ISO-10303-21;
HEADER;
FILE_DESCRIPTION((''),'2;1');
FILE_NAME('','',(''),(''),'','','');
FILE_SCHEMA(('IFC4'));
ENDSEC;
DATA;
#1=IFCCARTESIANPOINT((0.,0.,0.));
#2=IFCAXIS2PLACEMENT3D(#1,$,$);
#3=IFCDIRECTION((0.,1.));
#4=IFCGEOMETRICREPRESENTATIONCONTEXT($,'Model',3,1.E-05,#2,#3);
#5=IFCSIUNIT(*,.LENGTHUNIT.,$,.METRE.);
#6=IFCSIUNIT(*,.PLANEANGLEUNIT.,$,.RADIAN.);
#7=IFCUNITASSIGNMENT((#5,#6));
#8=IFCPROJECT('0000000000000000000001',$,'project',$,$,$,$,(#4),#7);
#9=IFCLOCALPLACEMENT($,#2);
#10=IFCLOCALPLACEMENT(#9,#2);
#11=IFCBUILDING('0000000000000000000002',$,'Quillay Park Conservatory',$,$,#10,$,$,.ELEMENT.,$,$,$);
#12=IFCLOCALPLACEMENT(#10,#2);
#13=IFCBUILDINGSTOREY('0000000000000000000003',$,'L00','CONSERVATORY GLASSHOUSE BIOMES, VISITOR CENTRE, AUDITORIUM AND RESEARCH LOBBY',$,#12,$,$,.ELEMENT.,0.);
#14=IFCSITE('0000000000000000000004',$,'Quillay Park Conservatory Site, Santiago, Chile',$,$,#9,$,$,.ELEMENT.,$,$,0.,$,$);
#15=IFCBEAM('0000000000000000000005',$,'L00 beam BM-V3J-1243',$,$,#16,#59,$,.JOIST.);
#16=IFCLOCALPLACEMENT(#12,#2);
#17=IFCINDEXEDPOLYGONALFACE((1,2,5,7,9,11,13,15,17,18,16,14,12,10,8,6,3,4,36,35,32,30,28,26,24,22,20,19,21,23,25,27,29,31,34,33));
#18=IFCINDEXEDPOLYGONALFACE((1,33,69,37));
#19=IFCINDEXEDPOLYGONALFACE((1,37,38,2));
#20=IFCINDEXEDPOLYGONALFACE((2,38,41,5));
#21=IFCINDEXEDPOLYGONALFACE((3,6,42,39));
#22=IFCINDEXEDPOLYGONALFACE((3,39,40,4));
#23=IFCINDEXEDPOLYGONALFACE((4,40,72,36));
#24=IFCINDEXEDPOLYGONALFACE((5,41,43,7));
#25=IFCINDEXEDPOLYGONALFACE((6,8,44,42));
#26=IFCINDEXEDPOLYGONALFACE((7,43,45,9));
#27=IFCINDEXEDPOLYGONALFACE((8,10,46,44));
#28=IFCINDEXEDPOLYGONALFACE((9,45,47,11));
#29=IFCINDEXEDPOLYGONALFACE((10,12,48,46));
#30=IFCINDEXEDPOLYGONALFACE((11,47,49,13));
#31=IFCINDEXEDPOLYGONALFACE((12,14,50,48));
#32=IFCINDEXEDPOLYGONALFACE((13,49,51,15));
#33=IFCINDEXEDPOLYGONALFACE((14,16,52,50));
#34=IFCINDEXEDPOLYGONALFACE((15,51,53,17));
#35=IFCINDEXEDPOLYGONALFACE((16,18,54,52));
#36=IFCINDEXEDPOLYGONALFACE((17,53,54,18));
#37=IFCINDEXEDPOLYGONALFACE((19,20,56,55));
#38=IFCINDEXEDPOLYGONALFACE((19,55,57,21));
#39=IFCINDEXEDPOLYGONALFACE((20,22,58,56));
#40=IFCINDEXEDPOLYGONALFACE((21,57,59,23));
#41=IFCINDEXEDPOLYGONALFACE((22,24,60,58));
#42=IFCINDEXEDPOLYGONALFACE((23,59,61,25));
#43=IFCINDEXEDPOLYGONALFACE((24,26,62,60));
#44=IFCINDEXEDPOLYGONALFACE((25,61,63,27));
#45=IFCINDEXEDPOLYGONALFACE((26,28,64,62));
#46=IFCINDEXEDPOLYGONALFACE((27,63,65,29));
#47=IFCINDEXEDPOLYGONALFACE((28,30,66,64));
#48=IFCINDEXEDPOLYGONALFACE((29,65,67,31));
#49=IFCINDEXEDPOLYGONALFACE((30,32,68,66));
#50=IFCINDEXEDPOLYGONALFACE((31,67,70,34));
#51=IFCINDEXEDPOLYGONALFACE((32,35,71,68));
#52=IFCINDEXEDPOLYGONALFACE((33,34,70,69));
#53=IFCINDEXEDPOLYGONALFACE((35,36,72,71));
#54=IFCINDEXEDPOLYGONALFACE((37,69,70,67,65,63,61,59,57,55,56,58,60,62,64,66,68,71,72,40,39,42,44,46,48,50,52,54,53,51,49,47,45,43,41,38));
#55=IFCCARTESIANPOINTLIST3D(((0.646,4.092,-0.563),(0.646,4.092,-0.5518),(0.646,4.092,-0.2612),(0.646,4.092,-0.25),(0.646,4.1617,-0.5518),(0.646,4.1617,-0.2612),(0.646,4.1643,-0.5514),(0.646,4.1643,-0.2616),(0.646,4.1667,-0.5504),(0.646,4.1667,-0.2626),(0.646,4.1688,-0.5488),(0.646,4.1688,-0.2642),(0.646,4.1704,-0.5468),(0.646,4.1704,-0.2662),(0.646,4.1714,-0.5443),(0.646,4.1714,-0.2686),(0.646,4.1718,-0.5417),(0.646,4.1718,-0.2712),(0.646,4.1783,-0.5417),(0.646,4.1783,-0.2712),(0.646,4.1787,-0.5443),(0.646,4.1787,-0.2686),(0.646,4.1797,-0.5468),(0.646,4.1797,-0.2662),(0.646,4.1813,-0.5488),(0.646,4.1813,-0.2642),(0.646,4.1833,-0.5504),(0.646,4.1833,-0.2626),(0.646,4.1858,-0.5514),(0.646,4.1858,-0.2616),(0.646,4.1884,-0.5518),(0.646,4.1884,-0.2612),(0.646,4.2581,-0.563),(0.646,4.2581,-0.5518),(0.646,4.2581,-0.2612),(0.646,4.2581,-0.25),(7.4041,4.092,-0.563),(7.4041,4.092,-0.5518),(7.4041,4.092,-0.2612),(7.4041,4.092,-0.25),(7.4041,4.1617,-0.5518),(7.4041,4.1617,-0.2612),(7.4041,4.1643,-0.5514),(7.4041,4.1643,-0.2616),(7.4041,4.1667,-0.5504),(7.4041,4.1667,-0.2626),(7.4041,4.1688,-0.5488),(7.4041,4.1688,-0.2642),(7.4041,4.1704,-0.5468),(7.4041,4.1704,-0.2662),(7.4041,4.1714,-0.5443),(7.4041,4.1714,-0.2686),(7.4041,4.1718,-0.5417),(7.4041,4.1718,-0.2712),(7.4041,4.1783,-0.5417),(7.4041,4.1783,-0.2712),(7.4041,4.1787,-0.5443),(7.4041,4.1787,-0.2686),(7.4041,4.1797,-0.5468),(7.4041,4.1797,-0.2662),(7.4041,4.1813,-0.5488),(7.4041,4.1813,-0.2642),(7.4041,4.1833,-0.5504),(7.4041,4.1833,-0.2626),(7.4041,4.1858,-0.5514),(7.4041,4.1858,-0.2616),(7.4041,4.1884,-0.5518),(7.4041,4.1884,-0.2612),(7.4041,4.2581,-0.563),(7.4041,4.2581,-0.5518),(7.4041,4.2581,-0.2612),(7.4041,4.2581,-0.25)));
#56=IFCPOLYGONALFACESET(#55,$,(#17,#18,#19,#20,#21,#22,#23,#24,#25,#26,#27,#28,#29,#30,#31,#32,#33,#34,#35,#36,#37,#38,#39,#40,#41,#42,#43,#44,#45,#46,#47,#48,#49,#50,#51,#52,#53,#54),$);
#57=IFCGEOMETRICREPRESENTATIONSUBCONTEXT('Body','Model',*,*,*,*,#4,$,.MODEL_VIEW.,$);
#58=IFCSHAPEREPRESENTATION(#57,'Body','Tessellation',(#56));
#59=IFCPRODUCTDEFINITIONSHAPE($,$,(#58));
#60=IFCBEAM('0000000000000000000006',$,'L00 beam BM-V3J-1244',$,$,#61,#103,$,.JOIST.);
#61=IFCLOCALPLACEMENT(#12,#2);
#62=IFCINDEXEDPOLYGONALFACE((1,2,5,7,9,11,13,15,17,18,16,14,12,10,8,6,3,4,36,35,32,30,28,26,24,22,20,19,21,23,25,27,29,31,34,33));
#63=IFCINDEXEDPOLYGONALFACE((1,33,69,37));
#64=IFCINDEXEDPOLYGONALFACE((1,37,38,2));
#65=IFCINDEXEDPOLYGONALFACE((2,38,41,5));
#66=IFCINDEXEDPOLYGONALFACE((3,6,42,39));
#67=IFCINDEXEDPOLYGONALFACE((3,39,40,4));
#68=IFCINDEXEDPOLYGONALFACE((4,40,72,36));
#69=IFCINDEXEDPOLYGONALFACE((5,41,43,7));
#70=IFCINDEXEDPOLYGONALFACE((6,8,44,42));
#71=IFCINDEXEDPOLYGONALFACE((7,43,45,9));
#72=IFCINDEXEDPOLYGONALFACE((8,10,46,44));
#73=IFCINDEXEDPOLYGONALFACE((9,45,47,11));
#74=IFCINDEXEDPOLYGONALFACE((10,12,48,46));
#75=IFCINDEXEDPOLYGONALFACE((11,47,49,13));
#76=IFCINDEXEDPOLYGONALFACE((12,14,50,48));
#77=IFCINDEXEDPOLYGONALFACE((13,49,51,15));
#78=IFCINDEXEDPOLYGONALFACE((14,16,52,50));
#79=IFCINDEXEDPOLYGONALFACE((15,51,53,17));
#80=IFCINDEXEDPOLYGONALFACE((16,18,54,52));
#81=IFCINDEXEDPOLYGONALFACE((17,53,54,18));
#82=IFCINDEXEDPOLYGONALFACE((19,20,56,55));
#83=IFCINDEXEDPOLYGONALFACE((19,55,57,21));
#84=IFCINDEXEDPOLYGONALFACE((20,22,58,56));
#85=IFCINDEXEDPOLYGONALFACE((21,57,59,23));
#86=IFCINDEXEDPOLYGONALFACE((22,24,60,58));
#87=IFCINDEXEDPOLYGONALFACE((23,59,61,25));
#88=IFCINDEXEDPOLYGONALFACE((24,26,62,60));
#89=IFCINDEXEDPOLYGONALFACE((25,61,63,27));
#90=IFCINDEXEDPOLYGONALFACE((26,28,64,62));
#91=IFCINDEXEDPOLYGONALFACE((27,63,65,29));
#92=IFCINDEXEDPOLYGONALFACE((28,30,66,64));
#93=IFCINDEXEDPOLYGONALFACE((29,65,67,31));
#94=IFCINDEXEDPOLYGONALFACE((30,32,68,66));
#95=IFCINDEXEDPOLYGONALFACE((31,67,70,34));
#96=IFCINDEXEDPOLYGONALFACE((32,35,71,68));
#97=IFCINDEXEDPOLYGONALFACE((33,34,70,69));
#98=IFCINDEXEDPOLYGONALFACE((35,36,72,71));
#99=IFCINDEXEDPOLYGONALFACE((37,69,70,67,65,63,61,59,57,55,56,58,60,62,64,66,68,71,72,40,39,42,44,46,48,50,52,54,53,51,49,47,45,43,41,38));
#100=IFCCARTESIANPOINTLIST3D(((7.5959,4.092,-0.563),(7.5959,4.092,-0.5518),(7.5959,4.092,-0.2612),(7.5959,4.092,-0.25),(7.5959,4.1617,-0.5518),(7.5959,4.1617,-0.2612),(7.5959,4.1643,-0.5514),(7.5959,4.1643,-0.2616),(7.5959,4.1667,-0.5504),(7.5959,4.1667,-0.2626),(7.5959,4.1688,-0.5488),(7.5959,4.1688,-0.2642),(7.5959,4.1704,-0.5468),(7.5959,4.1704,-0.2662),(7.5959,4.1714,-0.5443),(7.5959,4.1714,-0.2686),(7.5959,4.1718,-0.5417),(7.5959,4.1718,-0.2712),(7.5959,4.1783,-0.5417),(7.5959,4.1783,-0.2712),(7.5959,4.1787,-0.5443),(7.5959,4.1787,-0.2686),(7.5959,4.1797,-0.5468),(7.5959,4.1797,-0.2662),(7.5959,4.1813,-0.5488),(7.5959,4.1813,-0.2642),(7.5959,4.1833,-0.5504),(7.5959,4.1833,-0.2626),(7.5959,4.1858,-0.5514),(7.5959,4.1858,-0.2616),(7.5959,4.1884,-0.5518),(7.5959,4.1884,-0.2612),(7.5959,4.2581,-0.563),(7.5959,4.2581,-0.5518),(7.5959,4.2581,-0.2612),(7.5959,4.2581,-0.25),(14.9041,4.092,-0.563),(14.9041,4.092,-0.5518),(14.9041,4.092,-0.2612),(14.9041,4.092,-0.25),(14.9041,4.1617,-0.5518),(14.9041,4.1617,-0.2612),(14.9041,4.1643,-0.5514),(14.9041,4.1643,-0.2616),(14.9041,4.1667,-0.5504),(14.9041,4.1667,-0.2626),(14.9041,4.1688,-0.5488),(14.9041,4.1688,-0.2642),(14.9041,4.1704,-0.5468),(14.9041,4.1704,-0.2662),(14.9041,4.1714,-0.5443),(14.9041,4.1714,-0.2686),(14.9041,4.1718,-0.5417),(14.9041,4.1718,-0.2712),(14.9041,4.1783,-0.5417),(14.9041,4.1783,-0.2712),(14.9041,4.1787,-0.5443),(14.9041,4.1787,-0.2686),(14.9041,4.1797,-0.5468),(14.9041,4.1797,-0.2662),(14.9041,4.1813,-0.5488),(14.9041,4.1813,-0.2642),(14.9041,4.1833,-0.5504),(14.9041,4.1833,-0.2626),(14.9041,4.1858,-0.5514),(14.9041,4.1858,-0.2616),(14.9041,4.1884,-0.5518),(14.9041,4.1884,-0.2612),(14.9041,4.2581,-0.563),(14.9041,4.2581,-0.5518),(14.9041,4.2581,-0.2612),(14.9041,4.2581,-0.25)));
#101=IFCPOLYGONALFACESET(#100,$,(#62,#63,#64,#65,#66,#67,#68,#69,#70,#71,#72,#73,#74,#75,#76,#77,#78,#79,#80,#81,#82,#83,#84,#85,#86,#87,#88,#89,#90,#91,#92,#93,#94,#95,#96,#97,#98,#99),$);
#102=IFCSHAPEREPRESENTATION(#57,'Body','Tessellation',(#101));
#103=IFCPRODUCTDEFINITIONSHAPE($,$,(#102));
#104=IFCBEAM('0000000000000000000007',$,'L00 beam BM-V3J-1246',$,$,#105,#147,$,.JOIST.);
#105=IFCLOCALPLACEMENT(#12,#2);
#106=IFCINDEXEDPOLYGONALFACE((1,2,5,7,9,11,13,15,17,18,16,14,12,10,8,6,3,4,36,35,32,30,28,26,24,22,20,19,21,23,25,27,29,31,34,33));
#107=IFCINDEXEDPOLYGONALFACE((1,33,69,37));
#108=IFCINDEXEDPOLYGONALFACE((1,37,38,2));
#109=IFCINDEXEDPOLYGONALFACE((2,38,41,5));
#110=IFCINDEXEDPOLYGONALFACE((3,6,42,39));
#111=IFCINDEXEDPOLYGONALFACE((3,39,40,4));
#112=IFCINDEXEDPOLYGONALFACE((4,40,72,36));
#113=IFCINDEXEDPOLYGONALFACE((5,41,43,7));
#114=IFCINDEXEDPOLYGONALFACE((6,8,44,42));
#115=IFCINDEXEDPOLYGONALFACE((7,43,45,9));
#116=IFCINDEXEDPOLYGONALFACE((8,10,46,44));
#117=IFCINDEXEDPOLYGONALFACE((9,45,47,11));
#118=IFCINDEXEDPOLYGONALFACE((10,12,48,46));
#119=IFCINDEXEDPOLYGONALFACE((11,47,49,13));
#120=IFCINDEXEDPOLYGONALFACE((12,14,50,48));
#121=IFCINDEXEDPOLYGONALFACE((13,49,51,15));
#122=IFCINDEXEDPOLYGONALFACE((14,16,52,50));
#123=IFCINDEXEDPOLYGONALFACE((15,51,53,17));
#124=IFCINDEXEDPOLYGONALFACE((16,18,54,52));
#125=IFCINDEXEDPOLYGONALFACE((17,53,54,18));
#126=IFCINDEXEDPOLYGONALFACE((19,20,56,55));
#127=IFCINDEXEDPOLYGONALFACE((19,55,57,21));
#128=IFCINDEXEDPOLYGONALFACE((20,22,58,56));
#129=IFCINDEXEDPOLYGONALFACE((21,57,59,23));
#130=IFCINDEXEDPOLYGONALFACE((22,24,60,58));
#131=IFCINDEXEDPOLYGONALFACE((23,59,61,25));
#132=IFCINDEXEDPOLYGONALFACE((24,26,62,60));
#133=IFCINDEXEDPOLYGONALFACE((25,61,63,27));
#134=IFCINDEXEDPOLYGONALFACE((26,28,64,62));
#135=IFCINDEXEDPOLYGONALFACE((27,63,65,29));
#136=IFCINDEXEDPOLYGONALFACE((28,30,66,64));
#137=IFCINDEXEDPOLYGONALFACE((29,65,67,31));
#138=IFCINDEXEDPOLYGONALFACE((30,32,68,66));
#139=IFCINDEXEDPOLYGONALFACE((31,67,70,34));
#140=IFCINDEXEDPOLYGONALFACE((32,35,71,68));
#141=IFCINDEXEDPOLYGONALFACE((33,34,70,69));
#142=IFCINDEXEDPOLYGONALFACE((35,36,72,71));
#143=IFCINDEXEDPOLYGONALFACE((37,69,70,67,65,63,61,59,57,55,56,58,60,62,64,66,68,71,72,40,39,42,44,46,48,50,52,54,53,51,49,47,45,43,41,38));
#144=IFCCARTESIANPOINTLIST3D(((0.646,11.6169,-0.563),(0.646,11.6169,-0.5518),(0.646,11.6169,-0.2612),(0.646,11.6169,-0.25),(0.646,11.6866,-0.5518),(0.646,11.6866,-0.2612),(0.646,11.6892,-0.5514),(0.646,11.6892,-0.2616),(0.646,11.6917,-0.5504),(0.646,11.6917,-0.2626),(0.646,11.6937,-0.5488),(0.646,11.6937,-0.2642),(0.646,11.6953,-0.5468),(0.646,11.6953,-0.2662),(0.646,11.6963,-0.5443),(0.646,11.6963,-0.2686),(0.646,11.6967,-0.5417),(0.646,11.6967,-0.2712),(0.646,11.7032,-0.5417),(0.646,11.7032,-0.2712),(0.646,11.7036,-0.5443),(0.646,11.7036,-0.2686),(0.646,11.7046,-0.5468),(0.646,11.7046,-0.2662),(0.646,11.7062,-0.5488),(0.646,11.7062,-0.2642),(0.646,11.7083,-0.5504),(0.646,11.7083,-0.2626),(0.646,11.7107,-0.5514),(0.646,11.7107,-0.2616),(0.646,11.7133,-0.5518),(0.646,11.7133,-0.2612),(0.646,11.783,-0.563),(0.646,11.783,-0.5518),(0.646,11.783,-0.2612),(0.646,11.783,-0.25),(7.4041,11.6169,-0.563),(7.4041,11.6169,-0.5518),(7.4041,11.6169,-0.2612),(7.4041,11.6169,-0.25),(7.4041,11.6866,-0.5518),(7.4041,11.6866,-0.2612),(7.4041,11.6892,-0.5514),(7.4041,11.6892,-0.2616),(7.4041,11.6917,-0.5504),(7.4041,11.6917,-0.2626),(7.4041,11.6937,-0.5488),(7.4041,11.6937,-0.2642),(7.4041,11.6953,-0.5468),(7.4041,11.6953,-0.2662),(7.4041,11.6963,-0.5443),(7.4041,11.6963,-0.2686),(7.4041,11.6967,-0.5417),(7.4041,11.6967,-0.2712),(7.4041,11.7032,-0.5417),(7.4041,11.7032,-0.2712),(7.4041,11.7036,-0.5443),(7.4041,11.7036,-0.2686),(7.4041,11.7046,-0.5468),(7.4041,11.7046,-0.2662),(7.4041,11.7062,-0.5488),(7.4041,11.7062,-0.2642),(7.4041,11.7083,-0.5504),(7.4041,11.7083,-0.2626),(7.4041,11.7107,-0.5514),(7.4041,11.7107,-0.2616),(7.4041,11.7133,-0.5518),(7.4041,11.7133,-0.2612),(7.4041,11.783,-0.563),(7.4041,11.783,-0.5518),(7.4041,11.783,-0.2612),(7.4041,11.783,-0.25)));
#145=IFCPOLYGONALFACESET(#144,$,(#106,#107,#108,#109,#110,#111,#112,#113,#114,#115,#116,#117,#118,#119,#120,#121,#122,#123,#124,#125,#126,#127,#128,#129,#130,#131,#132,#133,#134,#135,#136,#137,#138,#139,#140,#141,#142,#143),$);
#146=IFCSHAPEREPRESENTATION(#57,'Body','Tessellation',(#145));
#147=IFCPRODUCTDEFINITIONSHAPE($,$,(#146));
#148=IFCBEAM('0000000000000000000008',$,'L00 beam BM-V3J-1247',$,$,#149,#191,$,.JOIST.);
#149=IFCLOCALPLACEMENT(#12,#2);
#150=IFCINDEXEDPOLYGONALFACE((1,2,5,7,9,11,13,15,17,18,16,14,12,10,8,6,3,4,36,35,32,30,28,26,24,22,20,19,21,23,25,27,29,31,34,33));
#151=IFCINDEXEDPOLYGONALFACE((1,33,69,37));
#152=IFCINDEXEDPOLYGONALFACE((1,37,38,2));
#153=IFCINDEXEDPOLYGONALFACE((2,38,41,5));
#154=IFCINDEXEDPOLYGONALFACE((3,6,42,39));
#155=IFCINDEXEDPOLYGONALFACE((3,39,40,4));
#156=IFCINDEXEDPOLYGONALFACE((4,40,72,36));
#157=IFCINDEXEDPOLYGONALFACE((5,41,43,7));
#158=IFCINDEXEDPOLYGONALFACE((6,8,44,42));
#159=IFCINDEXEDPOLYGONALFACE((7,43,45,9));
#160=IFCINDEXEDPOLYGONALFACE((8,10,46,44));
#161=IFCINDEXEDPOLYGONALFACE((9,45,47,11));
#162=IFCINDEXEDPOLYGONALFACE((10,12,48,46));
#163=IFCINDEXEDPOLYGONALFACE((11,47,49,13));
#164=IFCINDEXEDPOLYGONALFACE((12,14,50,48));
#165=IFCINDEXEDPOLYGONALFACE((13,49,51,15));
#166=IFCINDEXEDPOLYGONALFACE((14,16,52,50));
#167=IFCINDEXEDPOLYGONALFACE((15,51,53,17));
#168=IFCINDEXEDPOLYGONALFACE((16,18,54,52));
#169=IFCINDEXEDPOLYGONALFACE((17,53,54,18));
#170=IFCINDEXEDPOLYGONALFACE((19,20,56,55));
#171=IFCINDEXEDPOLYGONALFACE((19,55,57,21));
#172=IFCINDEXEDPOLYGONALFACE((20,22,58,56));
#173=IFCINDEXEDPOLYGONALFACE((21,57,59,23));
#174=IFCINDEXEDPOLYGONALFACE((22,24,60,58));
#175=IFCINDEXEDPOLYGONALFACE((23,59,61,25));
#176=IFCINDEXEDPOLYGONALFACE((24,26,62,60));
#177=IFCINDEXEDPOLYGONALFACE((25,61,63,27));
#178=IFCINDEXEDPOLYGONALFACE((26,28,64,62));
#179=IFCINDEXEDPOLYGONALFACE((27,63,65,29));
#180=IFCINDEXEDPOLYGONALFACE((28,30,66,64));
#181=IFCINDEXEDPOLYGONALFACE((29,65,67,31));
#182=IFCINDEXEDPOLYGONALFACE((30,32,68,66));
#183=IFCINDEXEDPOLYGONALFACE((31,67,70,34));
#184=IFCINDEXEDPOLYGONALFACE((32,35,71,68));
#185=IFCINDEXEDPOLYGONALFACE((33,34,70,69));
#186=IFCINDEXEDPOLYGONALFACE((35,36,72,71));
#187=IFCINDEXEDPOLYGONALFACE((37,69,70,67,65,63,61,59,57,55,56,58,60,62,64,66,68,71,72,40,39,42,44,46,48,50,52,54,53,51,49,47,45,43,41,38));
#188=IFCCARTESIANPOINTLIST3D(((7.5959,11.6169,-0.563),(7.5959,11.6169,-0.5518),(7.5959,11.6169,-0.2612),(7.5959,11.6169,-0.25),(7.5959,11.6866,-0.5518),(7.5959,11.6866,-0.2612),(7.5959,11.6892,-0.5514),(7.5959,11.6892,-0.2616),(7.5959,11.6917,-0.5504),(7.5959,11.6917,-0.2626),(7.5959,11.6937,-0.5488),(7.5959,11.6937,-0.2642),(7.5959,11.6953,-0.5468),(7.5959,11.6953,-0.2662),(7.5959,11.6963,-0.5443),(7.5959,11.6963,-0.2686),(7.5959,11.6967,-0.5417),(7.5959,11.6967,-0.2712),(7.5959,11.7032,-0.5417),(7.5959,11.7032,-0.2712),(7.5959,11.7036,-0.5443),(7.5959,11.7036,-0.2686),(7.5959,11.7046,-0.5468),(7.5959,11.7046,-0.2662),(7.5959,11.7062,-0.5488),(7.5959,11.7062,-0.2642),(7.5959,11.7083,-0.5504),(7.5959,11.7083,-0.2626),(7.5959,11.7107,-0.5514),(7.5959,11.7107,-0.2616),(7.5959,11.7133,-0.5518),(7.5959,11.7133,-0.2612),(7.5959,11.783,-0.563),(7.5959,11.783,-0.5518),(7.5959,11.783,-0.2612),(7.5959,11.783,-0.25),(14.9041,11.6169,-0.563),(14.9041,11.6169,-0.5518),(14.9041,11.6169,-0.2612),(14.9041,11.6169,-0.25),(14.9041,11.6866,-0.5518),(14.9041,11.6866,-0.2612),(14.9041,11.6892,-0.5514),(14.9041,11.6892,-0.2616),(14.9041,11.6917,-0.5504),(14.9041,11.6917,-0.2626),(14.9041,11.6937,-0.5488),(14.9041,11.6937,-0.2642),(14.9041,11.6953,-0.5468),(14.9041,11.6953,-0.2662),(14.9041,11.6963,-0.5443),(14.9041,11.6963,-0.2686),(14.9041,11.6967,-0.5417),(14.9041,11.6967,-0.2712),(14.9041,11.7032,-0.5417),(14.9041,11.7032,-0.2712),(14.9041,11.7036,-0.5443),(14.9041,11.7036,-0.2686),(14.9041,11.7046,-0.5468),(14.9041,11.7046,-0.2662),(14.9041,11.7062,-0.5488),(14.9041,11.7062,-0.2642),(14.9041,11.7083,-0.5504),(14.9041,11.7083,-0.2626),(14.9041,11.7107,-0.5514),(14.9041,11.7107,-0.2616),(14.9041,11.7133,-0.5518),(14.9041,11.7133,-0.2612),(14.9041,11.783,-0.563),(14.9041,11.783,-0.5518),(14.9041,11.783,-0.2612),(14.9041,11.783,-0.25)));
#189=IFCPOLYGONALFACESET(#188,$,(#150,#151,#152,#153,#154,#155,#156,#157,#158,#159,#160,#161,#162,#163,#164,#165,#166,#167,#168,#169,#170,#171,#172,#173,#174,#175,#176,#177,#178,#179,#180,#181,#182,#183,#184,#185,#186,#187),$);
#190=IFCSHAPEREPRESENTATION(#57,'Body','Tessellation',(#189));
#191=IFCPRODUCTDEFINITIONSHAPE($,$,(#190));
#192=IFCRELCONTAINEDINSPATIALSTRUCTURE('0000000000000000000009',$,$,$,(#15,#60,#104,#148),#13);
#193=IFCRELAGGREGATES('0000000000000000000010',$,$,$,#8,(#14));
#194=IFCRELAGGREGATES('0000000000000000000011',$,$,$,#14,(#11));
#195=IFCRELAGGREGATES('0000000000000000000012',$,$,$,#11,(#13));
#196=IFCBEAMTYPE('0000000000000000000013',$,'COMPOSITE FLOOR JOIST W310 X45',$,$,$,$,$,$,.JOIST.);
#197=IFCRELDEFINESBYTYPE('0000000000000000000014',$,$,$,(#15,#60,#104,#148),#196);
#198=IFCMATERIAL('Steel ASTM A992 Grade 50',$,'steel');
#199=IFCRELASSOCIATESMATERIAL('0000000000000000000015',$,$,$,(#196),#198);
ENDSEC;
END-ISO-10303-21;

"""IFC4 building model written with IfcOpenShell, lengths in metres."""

from ifc_helpers import new_model, si_unit, direction, frame, origin, origin_2d, place, context, subcontext, project, spatial, i_section, extrude, material, material_profile, profile_set, type_object, element, save


model = new_model("IFC4")

# Units and contexts
model_context = context("Model", 3, precision=1e-05, world=origin(), true_north=direction((0.0, 1.0)))
body_context = subcontext(model_context, "Body", "Model", "MODEL_VIEW")
ifc_project = project(units=[si_unit("LENGTHUNIT", "METRE"), si_unit("PLANEANGLEUNIT", "RADIAN")], contexts=[model_context])

# Site, building, storey
site_placement = place(None, origin())
site = spatial("IfcSite", under=ifc_project, at=site_placement, Name="Quillay Park Conservatory Site, Santiago, Chile", CompositionType="ELEMENT", RefElevation=0.0)
building_placement = place(site_placement, origin())
building = spatial("IfcBuilding", under=site, at=building_placement, Name="Quillay Park Conservatory", CompositionType="ELEMENT")
storey_placement = place(building_placement, origin())
storey = spatial("IfcBuildingStorey", under=building, at=storey_placement, Name="L00", Description="CONSERVATORY GLASSHOUSE BIOMES, VISITOR CENTRE, AUDITORIUM AND RESEARCH LOBBY", CompositionType="ELEMENT", Elevation=0.0)

# Beams
ifc_material_1 = material(Name="Steel ASTM A992 Grade 50", Category="steel")
ifc_material_profile_1 = material_profile(ifc_material_1, i_section(OverallWidth=0.166, OverallDepth=0.313, WebThickness=0.0066, FlangeThickness=0.0112, FilletRadius=0.01, at=origin_2d()), Name="W310x45")
ifc_profile_set_1 = profile_set([ifc_material_profile_1], Name="Steel ASTM A992 Grade 50")
beam_type_1 = type_object("IfcBeamType", Name="COMPOSITE FLOOR JOIST W310 X45", PredefinedType="JOIST", material=ifc_profile_set_1)
beam_1_placement = place(storey_placement, frame((0.646, 4.175, -0.4065), z_axis=(1.0, 0.0, 0.0), x_axis=(0.0, 1.0, 0.0)))
element("IfcBeam", 1, at=beam_1_placement, inside=storey, type_object=beam_type_1, Name="L00 beam BM-V3J-1243", PredefinedType="JOIST", context=body_context, shape_type="SweptSolid", body=[
    extrude(i_section(OverallWidth=0.166, OverallDepth=0.313, WebThickness=0.0066, FlangeThickness=0.0112, FilletRadius=0.01, at=origin_2d()), origin(), (0.0, 0.0, 1.0), 6.7581),
])
beam_2_placement = place(storey_placement, frame((7.5959, 4.175, -0.4065), z_axis=(1.0, 0.0, 0.0), x_axis=(0.0, 1.0, 0.0)))
element("IfcBeam", 2, at=beam_2_placement, inside=storey, type_object=beam_type_1, Name="L00 beam BM-V3J-1244", PredefinedType="JOIST", context=body_context, shape_type="SweptSolid", body=[
    extrude(i_section(OverallWidth=0.166, OverallDepth=0.313, WebThickness=0.0066, FlangeThickness=0.0112, FilletRadius=0.01, at=origin_2d()), origin(), (0.0, 0.0, 1.0), 7.3081),
])
beam_3_placement = place(storey_placement, frame((0.646, 11.7, -0.4065), z_axis=(1.0, 0.0, 0.0), x_axis=(0.0, 1.0, 0.0)))
element("IfcBeam", 3, at=beam_3_placement, inside=storey, type_object=beam_type_1, Name="L00 beam BM-V3J-1246", PredefinedType="JOIST", context=body_context, shape_type="SweptSolid", body=[
    extrude(i_section(OverallWidth=0.166, OverallDepth=0.313, WebThickness=0.0066, FlangeThickness=0.0112, FilletRadius=0.01, at=origin_2d()), origin(), (0.0, 0.0, 1.0), 6.7581),
])
beam_4_placement = place(storey_placement, frame((7.5959, 11.7, -0.4065), z_axis=(1.0, 0.0, 0.0), x_axis=(0.0, 1.0, 0.0)))
element("IfcBeam", 4, at=beam_4_placement, inside=storey, type_object=beam_type_1, Name="L00 beam BM-V3J-1247", PredefinedType="JOIST", context=body_context, shape_type="SweptSolid", body=[
    extrude(i_section(OverallWidth=0.166, OverallDepth=0.313, WebThickness=0.0066, FlangeThickness=0.0112, FilletRadius=0.01, at=origin_2d()), origin(), (0.0, 0.0, 1.0), 7.3081),
])

save(model, "model.ifc")
